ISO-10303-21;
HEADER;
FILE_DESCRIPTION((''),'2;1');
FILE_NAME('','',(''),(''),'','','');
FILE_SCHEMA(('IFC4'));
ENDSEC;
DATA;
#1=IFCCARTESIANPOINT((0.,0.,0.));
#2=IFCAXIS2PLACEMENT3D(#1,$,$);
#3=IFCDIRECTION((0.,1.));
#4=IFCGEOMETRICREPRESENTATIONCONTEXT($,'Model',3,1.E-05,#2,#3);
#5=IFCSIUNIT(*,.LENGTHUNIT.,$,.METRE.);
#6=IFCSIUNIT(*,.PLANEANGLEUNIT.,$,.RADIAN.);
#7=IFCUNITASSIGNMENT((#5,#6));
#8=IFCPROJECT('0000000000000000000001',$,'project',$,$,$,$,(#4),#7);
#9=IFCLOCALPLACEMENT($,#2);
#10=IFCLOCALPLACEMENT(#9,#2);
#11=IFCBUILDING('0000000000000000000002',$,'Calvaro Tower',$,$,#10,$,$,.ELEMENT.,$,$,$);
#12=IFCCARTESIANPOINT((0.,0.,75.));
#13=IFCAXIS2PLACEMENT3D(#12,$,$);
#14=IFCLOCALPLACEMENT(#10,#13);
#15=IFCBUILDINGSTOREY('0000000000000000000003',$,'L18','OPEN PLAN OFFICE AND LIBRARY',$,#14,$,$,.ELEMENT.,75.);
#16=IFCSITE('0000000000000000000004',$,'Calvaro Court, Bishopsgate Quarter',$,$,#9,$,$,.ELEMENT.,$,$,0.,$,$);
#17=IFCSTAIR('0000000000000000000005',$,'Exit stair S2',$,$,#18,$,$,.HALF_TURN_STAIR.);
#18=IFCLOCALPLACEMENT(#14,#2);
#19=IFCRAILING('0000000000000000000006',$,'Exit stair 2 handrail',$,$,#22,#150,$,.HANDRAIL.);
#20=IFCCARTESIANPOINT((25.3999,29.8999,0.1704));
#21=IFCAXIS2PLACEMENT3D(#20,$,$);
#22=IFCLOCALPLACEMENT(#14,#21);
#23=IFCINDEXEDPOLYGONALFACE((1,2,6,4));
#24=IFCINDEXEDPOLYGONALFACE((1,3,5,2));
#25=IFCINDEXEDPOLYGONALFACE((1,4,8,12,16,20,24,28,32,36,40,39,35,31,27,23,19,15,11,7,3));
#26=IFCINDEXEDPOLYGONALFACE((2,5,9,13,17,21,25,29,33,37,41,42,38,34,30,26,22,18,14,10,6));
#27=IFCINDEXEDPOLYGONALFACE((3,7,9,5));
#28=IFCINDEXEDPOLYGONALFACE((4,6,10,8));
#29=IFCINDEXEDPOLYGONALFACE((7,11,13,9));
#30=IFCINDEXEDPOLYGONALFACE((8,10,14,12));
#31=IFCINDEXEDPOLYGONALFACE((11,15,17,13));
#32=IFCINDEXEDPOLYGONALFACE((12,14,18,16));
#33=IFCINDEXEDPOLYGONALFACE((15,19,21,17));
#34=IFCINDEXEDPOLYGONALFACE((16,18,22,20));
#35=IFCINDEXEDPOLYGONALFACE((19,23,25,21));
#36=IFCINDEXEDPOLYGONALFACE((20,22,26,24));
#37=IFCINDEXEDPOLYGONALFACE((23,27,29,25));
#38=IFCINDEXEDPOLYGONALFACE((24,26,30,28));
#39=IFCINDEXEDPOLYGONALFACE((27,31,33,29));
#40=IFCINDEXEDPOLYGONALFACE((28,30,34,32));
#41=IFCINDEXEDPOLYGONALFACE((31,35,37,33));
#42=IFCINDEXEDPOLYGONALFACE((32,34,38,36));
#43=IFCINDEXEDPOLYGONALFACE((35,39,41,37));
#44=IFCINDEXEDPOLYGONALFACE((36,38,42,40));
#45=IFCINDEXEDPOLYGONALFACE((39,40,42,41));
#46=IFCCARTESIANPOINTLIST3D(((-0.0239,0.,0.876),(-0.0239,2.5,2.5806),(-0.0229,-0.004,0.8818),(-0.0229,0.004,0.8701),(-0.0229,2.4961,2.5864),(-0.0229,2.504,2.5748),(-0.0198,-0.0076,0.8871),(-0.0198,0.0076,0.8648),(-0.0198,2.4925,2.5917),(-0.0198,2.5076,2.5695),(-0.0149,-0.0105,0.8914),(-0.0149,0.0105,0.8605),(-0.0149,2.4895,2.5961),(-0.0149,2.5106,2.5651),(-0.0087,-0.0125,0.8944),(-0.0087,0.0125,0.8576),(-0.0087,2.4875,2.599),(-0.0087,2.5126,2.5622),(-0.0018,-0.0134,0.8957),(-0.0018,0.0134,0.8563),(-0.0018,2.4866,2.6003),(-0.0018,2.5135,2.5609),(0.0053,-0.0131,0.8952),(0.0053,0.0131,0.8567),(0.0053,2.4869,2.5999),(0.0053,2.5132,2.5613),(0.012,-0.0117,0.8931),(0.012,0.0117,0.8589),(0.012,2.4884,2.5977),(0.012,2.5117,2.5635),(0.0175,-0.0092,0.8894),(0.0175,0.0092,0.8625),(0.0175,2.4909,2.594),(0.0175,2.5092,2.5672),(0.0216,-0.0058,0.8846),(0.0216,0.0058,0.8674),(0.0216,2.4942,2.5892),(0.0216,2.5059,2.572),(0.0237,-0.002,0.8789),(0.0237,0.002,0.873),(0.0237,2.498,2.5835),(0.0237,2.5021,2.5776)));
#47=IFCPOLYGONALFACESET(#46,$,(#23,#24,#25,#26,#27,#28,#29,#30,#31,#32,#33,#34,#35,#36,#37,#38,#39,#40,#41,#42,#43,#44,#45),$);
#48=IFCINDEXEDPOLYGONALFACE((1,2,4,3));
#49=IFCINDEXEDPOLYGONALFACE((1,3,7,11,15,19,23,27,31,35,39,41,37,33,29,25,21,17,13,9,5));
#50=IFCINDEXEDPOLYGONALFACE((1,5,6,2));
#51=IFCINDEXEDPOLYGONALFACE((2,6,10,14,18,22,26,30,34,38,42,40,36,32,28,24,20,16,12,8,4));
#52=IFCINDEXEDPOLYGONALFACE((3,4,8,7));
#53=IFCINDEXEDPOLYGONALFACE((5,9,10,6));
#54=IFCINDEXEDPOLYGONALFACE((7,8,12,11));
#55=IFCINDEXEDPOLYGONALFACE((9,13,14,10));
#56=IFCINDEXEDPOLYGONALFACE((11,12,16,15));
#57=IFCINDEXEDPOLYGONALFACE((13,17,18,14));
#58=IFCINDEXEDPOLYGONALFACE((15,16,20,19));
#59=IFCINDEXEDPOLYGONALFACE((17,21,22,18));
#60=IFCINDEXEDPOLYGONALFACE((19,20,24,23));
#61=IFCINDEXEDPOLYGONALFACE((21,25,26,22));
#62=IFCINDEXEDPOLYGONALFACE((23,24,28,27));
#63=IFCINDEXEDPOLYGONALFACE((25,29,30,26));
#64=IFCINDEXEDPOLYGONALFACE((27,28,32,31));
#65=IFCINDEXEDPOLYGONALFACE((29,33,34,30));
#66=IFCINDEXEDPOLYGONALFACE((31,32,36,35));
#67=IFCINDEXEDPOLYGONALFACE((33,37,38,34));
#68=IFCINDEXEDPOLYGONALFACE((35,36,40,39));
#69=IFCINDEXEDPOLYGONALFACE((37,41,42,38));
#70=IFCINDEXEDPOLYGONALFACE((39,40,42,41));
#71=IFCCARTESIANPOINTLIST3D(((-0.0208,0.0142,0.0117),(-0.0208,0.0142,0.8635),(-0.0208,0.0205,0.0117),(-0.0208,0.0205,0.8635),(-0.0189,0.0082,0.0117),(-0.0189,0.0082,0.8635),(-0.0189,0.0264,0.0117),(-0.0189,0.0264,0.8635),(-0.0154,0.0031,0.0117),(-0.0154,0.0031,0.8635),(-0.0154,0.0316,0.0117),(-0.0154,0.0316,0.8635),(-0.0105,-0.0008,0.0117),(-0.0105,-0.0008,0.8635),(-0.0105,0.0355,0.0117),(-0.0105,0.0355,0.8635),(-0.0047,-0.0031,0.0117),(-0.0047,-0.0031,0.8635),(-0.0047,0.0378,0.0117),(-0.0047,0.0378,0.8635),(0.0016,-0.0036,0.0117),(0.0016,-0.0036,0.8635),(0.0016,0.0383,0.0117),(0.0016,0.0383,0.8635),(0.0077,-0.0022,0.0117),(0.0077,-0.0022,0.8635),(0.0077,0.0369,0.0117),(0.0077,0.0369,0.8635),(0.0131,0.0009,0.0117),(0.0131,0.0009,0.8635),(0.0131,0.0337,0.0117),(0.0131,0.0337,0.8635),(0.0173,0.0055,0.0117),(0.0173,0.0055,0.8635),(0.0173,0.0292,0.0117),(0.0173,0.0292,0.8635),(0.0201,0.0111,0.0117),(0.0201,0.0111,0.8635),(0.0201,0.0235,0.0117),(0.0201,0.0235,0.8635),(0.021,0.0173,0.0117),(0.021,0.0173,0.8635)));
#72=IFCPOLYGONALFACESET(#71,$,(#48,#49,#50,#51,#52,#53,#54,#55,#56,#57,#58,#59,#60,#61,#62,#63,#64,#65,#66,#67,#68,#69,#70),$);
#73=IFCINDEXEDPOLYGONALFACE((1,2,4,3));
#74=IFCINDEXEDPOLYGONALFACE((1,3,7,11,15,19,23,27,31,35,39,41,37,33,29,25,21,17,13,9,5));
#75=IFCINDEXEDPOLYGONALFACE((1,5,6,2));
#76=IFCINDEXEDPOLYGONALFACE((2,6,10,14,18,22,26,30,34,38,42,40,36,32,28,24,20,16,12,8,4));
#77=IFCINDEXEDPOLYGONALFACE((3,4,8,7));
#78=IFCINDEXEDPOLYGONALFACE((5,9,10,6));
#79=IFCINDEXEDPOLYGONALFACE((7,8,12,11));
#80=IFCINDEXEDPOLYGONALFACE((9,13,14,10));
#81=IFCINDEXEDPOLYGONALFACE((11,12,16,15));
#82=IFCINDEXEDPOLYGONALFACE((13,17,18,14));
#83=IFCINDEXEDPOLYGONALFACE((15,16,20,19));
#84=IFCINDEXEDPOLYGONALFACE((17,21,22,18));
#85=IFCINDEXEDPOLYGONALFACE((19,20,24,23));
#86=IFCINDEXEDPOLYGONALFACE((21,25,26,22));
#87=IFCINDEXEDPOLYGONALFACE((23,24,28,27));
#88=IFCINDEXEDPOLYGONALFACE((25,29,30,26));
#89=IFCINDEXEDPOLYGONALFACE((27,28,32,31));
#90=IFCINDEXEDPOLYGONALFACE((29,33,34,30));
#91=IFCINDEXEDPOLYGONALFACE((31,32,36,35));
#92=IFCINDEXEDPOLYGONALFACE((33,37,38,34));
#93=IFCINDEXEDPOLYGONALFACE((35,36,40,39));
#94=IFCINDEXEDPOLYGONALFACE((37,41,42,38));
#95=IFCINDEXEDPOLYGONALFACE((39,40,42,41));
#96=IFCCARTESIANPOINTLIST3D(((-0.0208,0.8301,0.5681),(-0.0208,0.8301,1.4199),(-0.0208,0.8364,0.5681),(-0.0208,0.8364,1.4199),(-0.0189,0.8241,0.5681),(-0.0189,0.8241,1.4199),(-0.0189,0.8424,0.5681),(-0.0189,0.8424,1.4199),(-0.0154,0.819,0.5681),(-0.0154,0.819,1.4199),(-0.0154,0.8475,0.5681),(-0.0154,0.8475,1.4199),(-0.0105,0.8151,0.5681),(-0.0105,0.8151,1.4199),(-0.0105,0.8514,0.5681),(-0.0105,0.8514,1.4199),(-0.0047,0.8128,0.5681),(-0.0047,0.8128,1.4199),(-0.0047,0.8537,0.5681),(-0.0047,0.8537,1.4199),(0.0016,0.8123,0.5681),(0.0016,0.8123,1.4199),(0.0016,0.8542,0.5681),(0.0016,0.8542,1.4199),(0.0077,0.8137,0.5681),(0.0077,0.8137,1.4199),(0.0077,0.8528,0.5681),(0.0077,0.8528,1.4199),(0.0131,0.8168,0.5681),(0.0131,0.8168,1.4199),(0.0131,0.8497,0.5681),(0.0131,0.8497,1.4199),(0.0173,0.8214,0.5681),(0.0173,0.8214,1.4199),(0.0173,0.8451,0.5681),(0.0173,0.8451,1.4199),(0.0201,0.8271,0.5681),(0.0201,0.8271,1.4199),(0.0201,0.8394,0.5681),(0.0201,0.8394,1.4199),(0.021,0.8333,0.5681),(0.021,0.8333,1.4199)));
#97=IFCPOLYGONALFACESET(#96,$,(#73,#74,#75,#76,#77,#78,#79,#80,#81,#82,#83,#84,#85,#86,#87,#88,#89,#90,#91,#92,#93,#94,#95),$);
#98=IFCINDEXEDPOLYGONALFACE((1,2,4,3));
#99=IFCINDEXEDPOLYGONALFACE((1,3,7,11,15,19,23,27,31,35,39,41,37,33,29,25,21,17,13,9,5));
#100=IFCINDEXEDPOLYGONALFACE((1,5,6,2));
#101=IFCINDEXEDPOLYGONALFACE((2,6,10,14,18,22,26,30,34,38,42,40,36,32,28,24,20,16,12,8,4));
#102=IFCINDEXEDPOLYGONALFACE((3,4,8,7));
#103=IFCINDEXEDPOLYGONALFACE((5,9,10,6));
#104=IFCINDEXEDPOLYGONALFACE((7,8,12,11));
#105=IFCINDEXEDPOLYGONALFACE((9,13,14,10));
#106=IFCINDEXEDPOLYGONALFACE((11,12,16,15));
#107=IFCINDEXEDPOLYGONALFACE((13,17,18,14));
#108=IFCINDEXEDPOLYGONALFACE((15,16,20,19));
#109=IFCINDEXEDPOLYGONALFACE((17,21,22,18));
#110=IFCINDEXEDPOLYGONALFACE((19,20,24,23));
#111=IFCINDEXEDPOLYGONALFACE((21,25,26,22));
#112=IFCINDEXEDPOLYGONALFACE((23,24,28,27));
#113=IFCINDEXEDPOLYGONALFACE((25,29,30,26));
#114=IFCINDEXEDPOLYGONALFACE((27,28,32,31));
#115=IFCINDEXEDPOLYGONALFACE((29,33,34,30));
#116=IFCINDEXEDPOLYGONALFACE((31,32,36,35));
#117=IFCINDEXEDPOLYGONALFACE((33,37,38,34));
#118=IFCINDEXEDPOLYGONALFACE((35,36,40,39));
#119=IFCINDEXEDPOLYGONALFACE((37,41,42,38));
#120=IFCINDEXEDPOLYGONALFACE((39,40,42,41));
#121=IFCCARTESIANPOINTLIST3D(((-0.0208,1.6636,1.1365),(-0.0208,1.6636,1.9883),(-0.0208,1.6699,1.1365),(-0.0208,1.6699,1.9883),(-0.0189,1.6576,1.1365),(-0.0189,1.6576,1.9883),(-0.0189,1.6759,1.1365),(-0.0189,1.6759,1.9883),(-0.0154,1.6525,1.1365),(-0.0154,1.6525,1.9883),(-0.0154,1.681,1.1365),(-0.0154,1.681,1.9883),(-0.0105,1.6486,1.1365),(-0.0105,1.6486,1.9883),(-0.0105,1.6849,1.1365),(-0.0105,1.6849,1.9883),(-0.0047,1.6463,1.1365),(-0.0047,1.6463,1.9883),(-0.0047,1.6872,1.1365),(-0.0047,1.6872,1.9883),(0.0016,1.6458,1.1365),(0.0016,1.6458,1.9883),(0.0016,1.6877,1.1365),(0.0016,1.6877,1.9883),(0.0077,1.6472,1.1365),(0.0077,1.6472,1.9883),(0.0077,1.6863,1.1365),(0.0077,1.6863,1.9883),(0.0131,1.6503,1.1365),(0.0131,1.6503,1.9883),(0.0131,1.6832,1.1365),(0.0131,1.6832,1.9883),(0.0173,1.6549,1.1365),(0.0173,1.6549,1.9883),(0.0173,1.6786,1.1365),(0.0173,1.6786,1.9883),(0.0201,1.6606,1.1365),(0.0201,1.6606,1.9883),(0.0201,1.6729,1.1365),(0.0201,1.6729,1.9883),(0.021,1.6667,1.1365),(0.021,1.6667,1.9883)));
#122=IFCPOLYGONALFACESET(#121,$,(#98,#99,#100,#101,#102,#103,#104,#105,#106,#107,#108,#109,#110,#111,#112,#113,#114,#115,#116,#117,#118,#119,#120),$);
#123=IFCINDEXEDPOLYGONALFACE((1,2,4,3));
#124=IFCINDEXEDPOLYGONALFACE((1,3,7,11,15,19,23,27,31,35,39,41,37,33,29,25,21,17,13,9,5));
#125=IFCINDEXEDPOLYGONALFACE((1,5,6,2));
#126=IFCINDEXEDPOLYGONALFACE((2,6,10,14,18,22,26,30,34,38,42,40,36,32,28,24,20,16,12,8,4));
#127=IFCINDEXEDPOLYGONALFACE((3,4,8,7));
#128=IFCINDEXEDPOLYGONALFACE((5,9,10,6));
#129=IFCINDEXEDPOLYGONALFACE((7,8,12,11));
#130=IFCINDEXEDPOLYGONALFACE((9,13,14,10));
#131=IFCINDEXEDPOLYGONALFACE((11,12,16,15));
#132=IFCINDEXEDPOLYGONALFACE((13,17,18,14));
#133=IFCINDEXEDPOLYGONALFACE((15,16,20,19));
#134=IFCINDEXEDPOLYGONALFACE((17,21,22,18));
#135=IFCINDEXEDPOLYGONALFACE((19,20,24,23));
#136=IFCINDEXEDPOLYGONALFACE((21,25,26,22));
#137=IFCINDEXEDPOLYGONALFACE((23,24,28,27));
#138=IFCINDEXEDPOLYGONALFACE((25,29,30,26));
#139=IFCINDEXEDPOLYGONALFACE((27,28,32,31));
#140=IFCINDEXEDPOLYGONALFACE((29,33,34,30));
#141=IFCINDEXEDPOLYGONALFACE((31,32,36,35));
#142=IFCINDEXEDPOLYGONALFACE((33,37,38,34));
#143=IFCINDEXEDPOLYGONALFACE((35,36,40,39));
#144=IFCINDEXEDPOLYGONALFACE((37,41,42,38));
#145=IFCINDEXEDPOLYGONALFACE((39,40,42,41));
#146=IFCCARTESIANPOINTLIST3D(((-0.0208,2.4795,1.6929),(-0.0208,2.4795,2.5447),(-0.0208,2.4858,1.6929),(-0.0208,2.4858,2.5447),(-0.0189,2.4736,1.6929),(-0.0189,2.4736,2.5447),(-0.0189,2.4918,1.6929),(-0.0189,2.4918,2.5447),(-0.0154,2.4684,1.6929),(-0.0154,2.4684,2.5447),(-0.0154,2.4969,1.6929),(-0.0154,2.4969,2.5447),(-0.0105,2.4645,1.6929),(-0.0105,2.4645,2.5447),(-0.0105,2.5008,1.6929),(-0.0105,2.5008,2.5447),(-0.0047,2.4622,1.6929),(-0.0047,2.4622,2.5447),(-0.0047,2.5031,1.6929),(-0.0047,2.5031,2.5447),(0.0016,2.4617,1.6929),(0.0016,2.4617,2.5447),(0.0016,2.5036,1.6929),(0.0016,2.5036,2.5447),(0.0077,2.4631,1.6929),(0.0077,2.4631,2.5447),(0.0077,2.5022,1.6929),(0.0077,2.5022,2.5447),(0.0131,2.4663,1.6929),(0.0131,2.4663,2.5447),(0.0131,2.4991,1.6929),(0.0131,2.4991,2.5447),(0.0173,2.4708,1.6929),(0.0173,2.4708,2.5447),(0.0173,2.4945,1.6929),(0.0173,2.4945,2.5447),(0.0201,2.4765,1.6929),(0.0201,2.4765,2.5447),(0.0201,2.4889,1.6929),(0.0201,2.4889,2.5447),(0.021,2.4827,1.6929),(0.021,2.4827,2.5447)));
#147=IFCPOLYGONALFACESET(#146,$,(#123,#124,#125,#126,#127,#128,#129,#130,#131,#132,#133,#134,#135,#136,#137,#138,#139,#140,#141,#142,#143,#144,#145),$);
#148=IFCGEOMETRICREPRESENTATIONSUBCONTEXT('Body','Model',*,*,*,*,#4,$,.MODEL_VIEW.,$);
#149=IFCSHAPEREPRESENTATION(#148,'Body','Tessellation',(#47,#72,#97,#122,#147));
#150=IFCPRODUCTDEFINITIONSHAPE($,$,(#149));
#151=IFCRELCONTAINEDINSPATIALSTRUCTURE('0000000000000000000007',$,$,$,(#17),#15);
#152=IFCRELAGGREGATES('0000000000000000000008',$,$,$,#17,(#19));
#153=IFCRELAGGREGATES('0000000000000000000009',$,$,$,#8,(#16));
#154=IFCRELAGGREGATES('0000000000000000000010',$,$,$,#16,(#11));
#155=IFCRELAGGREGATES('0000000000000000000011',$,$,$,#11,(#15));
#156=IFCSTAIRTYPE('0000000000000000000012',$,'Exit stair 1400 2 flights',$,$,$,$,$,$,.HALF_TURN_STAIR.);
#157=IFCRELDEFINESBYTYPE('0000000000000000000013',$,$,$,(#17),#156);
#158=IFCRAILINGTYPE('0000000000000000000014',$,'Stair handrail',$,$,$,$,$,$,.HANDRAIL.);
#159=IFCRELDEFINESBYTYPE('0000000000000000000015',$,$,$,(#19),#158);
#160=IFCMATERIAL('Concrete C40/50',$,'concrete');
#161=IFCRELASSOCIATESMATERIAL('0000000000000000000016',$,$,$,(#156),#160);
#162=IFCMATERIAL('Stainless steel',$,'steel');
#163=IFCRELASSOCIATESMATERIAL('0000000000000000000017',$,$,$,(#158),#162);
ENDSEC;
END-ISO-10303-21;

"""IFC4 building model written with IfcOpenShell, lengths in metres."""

from ifc_helpers import new_model, si_unit, direction, frame, origin, origin_2d, place, context, subcontext, project, spatial, circle, extrude, material, type_object, element, aggregate, save


model = new_model("IFC4")

# Units and contexts
model_context = context("Model", 3, precision=1e-05, world=origin(), true_north=direction((0.0, 1.0)))
body_context = subcontext(model_context, "Body", "Model", "MODEL_VIEW")
ifc_project = project(units=[si_unit("LENGTHUNIT", "METRE"), si_unit("PLANEANGLEUNIT", "RADIAN")], contexts=[model_context])

# Site, building, storey
site_placement = place(None, origin())
site = spatial("IfcSite", under=ifc_project, at=site_placement, Name="Calvaro Court, Bishopsgate Quarter", CompositionType="ELEMENT", RefElevation=0.0)
building_placement = place(site_placement, origin())
building = spatial("IfcBuilding", under=site, at=building_placement, Name="Calvaro Tower", CompositionType="ELEMENT")
storey_placement = place(building_placement, frame((0.0, 0.0, 75.0)))
storey = spatial("IfcBuildingStorey", under=building, at=storey_placement, Name="L18", Description="OPEN PLAN OFFICE AND LIBRARY", CompositionType="ELEMENT", Elevation=75.0)

# Stair, railing
ifc_material_1 = material(Name="Concrete C40/50", Category="concrete")
stair_type = type_object("IfcStairType", Name="Exit stair 1400 2 flights", PredefinedType="HALF_TURN_STAIR", material=ifc_material_1)
stair_placement = place(storey_placement, origin())
stair = element("IfcStair", 1, at=stair_placement, inside=storey, type_object=stair_type, Name="Exit stair S2", PredefinedType="HALF_TURN_STAIR")
ifc_material_2 = material(Name="Stainless steel", Category="steel")
railing_type = type_object("IfcRailingType", Name="Stair handrail", PredefinedType="HANDRAIL", material=ifc_material_2)
railing_1_placement = place(storey_placement, frame((25.3999, 29.8999, 0.1704)))
railing_1 = element("IfcRailing", 2, at=railing_1_placement, type_object=railing_type, Name="Exit stair 2 handrail", PredefinedType="HANDRAIL", context=body_context, shape_type="SweptSolid", body=[
    extrude(circle(Radius=0.0239, at=origin_2d()), frame((0.0, 0.0, 0.876), z_axis=(0.0, 0.826221, 0.563347), x_axis=(-1.0, 0.0, 0.0)), (0.0, 0.0, 1.0), 3.0259),
    extrude(circle(Radius=0.021, at=origin_2d()), frame((0.0, 0.0173, 0.0117)), (0.0, 0.0, 1.0), 0.8518),
    extrude(circle(Radius=0.021, at=origin_2d()), frame((0.0, 0.8333, 0.5681)), (0.0, 0.0, 1.0), 0.8518),
    extrude(circle(Radius=0.021, at=origin_2d()), frame((0.0, 1.6667, 1.1365)), (0.0, 0.0, 1.0), 0.8518),
    extrude(circle(Radius=0.021, at=origin_2d()), frame((0.0, 2.4827, 1.6929)), (0.0, 0.0, 1.0), 0.8518),
])
aggregate(stair, [railing_1])

save(model, "model.ifc")
